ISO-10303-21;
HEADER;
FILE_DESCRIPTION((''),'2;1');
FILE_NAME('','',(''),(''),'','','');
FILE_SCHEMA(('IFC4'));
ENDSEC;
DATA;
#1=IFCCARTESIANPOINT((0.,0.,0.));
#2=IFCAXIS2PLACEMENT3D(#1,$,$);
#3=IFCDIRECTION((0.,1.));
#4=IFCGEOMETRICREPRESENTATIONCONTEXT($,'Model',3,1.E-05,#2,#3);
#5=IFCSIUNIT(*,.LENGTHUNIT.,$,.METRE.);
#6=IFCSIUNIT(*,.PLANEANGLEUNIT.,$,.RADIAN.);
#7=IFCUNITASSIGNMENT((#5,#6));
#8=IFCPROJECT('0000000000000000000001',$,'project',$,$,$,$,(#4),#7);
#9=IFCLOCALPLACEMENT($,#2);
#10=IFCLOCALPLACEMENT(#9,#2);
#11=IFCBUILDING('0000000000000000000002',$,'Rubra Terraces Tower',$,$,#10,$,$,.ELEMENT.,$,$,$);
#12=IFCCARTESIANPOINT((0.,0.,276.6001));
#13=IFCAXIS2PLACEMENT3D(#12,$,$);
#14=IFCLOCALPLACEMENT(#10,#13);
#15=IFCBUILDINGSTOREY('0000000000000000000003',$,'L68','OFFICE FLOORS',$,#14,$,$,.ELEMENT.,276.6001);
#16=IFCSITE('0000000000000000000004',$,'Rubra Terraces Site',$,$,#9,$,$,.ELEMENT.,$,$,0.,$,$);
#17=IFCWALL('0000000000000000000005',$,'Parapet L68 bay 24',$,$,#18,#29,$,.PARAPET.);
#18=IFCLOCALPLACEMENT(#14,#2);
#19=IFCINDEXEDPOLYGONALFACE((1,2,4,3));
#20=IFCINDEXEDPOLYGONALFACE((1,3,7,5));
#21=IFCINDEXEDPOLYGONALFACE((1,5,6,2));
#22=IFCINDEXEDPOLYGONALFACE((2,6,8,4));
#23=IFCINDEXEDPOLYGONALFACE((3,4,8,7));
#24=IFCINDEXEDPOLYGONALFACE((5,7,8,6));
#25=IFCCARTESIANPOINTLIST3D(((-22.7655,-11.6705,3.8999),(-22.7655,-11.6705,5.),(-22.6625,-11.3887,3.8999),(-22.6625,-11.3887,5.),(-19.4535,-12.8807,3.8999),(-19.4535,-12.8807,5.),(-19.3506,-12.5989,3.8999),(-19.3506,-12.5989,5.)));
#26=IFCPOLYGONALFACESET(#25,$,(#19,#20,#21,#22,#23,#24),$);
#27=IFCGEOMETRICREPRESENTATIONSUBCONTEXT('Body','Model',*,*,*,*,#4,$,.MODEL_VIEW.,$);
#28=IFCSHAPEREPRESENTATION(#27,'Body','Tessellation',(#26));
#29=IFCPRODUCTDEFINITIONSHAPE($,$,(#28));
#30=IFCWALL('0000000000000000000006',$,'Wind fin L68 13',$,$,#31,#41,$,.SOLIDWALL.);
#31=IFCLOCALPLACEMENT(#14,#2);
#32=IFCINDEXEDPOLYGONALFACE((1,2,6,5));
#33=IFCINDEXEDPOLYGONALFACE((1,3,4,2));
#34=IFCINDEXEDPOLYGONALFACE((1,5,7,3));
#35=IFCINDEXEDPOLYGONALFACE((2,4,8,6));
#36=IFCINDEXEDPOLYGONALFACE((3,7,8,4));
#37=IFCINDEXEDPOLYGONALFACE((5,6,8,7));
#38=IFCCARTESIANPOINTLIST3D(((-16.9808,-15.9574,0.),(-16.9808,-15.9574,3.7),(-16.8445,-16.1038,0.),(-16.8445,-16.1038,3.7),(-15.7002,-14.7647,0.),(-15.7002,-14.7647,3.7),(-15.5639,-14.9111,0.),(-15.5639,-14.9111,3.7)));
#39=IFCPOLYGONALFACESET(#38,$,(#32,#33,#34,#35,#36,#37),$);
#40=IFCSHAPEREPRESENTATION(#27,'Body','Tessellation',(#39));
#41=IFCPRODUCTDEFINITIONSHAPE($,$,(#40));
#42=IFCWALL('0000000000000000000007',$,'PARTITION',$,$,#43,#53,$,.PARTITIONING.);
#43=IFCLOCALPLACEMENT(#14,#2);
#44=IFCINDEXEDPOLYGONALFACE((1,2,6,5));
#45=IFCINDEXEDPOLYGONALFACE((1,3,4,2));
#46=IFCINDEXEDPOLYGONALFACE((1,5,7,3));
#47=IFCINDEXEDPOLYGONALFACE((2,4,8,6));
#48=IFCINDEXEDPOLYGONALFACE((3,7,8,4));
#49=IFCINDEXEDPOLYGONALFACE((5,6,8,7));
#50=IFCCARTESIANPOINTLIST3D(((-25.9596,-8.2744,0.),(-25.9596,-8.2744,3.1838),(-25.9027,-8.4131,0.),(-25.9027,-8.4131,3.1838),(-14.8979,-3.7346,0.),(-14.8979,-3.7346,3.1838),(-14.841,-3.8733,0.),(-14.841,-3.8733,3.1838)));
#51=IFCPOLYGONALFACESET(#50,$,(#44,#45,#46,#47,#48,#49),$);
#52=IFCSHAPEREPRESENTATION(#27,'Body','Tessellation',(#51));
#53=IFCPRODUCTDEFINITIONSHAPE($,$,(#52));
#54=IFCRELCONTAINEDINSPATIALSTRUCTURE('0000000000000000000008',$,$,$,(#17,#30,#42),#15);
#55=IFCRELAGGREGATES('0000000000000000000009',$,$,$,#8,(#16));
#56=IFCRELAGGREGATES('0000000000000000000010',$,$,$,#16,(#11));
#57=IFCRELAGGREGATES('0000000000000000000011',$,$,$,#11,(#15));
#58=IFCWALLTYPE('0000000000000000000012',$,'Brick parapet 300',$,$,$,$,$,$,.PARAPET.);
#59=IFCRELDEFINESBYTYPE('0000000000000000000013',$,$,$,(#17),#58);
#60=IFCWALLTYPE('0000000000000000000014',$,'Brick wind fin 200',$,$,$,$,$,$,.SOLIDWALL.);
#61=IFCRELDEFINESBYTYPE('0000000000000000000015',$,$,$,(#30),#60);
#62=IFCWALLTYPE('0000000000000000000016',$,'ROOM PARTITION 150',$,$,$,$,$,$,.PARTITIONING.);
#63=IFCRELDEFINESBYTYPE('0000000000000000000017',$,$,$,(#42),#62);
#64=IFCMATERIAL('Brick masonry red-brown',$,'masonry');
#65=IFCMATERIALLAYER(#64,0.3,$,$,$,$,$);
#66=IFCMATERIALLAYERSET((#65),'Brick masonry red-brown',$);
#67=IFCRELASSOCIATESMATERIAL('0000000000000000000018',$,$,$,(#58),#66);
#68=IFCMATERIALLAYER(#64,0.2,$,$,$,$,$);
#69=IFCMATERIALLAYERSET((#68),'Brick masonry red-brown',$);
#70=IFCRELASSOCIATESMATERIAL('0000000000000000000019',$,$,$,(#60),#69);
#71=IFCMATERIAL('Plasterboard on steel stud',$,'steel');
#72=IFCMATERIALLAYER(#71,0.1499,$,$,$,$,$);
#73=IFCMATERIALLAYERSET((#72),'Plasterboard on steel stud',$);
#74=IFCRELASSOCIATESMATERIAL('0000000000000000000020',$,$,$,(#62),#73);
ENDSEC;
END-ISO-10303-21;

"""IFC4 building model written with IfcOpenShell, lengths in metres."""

from ifc_helpers import new_model, si_unit, direction, frame, frame_2d, origin, place, context, subcontext, project, spatial, rectangle, extrude, material, layer, layer_set, type_object, element, save


model = new_model("IFC4")

# Units and contexts
model_context = context("Model", 3, precision=1e-05, world=origin(), true_north=direction((0.0, 1.0)))
body_context = subcontext(model_context, "Body", "Model", "MODEL_VIEW")
ifc_project = project(units=[si_unit("LENGTHUNIT", "METRE"), si_unit("PLANEANGLEUNIT", "RADIAN")], contexts=[model_context])

# Site, building, storey
site_placement = place(None, origin())
site = spatial("IfcSite", under=ifc_project, at=site_placement, Name="Rubra Terraces Site", CompositionType="ELEMENT", RefElevation=0.0)
building_placement = place(site_placement, origin())
building = spatial("IfcBuilding", under=site, at=building_placement, Name="Rubra Terraces Tower", CompositionType="ELEMENT")
storey_placement = place(building_placement, frame((0.0, 0.0, 276.6001)))
storey = spatial("IfcBuildingStorey", under=building, at=storey_placement, Name="L68", Description="OFFICE FLOORS", CompositionType="ELEMENT", Elevation=276.6001)

# Shared definitions
ifc_material_1 = material(Name="Brick masonry red-brown", Category="masonry")

# Walls
ifc_layer_1 = layer(ifc_material_1, 0.3)
ifc_layer_set_1 = layer_set([ifc_layer_1], Name="Brick masonry red-brown")
wall_type_1 = type_object("IfcWallType", Name="Brick parapet 300", PredefinedType="PARAPET", material=ifc_layer_set_1)
wall_1_placement = place(storey_placement, frame((-22.7141, -11.5295, 3.8999), z_axis=(0.0, 0.0, 1.0), x_axis=(0.939261, -0.343205, 0.0)))
element("IfcWall", 1, at=wall_1_placement, inside=storey, type_object=wall_type_1, Name="Parapet L68 bay 24", PredefinedType="PARAPET", context=body_context, shape_type="SweptSolid", body=[
    extrude(rectangle(XDim=3.5261, YDim=0.3, at=frame_2d((1.7632, 0.0))), origin(), (0.0, 0.0, 1.0), 1.1001),
])
ifc_layer_2 = layer(ifc_material_1, 0.2)
ifc_layer_set_2 = layer_set([ifc_layer_2], Name="Brick masonry red-brown")
wall_type_2 = type_object("IfcWallType", Name="Brick wind fin 200", PredefinedType="SOLIDWALL", material=ifc_layer_set_2)
wall_2_placement = place(storey_placement, frame((-15.6321, -14.8379, 0.0), z_axis=(0.0, 0.0, 1.0), x_axis=(-0.731774, -0.681547, 0.0)))
element("IfcWall", 2, at=wall_2_placement, inside=storey, type_object=wall_type_2, Name="Wind fin L68 13", PredefinedType="SOLIDWALL", context=body_context, shape_type="SweptSolid", body=[
    extrude(rectangle(XDim=1.75, YDim=0.2, at=frame_2d((0.875, 0.0))), origin(), (0.0, 0.0, 1.0), 3.7),
])
ifc_material_2 = material(Name="Plasterboard on steel stud", Category="steel")
ifc_layer_3 = layer(ifc_material_2, 0.1499)
ifc_layer_set_3 = layer_set([ifc_layer_3], Name="Plasterboard on steel stud")
wall_type_3 = type_object("IfcWallType", Name="ROOM PARTITION 150", PredefinedType="PARTITIONING", material=ifc_layer_set_3)
wall_3_placement = place(storey_placement, frame((-25.9312, -8.3438, 0.0), z_axis=(0.0, 0.0, 1.0), x_axis=(0.925121, 0.379673, 0.0)))
element("IfcWall", 3, at=wall_3_placement, inside=storey, type_object=wall_type_3, Name="PARTITION", PredefinedType="PARTITIONING", context=body_context, shape_type="SweptSolid", body=[
    extrude(rectangle(XDim=11.957, YDim=0.1499, at=frame_2d((5.9785, 0.0))), origin(), (0.0, 0.0, 1.0), 3.1838),
])

save(model, "model.ifc")
